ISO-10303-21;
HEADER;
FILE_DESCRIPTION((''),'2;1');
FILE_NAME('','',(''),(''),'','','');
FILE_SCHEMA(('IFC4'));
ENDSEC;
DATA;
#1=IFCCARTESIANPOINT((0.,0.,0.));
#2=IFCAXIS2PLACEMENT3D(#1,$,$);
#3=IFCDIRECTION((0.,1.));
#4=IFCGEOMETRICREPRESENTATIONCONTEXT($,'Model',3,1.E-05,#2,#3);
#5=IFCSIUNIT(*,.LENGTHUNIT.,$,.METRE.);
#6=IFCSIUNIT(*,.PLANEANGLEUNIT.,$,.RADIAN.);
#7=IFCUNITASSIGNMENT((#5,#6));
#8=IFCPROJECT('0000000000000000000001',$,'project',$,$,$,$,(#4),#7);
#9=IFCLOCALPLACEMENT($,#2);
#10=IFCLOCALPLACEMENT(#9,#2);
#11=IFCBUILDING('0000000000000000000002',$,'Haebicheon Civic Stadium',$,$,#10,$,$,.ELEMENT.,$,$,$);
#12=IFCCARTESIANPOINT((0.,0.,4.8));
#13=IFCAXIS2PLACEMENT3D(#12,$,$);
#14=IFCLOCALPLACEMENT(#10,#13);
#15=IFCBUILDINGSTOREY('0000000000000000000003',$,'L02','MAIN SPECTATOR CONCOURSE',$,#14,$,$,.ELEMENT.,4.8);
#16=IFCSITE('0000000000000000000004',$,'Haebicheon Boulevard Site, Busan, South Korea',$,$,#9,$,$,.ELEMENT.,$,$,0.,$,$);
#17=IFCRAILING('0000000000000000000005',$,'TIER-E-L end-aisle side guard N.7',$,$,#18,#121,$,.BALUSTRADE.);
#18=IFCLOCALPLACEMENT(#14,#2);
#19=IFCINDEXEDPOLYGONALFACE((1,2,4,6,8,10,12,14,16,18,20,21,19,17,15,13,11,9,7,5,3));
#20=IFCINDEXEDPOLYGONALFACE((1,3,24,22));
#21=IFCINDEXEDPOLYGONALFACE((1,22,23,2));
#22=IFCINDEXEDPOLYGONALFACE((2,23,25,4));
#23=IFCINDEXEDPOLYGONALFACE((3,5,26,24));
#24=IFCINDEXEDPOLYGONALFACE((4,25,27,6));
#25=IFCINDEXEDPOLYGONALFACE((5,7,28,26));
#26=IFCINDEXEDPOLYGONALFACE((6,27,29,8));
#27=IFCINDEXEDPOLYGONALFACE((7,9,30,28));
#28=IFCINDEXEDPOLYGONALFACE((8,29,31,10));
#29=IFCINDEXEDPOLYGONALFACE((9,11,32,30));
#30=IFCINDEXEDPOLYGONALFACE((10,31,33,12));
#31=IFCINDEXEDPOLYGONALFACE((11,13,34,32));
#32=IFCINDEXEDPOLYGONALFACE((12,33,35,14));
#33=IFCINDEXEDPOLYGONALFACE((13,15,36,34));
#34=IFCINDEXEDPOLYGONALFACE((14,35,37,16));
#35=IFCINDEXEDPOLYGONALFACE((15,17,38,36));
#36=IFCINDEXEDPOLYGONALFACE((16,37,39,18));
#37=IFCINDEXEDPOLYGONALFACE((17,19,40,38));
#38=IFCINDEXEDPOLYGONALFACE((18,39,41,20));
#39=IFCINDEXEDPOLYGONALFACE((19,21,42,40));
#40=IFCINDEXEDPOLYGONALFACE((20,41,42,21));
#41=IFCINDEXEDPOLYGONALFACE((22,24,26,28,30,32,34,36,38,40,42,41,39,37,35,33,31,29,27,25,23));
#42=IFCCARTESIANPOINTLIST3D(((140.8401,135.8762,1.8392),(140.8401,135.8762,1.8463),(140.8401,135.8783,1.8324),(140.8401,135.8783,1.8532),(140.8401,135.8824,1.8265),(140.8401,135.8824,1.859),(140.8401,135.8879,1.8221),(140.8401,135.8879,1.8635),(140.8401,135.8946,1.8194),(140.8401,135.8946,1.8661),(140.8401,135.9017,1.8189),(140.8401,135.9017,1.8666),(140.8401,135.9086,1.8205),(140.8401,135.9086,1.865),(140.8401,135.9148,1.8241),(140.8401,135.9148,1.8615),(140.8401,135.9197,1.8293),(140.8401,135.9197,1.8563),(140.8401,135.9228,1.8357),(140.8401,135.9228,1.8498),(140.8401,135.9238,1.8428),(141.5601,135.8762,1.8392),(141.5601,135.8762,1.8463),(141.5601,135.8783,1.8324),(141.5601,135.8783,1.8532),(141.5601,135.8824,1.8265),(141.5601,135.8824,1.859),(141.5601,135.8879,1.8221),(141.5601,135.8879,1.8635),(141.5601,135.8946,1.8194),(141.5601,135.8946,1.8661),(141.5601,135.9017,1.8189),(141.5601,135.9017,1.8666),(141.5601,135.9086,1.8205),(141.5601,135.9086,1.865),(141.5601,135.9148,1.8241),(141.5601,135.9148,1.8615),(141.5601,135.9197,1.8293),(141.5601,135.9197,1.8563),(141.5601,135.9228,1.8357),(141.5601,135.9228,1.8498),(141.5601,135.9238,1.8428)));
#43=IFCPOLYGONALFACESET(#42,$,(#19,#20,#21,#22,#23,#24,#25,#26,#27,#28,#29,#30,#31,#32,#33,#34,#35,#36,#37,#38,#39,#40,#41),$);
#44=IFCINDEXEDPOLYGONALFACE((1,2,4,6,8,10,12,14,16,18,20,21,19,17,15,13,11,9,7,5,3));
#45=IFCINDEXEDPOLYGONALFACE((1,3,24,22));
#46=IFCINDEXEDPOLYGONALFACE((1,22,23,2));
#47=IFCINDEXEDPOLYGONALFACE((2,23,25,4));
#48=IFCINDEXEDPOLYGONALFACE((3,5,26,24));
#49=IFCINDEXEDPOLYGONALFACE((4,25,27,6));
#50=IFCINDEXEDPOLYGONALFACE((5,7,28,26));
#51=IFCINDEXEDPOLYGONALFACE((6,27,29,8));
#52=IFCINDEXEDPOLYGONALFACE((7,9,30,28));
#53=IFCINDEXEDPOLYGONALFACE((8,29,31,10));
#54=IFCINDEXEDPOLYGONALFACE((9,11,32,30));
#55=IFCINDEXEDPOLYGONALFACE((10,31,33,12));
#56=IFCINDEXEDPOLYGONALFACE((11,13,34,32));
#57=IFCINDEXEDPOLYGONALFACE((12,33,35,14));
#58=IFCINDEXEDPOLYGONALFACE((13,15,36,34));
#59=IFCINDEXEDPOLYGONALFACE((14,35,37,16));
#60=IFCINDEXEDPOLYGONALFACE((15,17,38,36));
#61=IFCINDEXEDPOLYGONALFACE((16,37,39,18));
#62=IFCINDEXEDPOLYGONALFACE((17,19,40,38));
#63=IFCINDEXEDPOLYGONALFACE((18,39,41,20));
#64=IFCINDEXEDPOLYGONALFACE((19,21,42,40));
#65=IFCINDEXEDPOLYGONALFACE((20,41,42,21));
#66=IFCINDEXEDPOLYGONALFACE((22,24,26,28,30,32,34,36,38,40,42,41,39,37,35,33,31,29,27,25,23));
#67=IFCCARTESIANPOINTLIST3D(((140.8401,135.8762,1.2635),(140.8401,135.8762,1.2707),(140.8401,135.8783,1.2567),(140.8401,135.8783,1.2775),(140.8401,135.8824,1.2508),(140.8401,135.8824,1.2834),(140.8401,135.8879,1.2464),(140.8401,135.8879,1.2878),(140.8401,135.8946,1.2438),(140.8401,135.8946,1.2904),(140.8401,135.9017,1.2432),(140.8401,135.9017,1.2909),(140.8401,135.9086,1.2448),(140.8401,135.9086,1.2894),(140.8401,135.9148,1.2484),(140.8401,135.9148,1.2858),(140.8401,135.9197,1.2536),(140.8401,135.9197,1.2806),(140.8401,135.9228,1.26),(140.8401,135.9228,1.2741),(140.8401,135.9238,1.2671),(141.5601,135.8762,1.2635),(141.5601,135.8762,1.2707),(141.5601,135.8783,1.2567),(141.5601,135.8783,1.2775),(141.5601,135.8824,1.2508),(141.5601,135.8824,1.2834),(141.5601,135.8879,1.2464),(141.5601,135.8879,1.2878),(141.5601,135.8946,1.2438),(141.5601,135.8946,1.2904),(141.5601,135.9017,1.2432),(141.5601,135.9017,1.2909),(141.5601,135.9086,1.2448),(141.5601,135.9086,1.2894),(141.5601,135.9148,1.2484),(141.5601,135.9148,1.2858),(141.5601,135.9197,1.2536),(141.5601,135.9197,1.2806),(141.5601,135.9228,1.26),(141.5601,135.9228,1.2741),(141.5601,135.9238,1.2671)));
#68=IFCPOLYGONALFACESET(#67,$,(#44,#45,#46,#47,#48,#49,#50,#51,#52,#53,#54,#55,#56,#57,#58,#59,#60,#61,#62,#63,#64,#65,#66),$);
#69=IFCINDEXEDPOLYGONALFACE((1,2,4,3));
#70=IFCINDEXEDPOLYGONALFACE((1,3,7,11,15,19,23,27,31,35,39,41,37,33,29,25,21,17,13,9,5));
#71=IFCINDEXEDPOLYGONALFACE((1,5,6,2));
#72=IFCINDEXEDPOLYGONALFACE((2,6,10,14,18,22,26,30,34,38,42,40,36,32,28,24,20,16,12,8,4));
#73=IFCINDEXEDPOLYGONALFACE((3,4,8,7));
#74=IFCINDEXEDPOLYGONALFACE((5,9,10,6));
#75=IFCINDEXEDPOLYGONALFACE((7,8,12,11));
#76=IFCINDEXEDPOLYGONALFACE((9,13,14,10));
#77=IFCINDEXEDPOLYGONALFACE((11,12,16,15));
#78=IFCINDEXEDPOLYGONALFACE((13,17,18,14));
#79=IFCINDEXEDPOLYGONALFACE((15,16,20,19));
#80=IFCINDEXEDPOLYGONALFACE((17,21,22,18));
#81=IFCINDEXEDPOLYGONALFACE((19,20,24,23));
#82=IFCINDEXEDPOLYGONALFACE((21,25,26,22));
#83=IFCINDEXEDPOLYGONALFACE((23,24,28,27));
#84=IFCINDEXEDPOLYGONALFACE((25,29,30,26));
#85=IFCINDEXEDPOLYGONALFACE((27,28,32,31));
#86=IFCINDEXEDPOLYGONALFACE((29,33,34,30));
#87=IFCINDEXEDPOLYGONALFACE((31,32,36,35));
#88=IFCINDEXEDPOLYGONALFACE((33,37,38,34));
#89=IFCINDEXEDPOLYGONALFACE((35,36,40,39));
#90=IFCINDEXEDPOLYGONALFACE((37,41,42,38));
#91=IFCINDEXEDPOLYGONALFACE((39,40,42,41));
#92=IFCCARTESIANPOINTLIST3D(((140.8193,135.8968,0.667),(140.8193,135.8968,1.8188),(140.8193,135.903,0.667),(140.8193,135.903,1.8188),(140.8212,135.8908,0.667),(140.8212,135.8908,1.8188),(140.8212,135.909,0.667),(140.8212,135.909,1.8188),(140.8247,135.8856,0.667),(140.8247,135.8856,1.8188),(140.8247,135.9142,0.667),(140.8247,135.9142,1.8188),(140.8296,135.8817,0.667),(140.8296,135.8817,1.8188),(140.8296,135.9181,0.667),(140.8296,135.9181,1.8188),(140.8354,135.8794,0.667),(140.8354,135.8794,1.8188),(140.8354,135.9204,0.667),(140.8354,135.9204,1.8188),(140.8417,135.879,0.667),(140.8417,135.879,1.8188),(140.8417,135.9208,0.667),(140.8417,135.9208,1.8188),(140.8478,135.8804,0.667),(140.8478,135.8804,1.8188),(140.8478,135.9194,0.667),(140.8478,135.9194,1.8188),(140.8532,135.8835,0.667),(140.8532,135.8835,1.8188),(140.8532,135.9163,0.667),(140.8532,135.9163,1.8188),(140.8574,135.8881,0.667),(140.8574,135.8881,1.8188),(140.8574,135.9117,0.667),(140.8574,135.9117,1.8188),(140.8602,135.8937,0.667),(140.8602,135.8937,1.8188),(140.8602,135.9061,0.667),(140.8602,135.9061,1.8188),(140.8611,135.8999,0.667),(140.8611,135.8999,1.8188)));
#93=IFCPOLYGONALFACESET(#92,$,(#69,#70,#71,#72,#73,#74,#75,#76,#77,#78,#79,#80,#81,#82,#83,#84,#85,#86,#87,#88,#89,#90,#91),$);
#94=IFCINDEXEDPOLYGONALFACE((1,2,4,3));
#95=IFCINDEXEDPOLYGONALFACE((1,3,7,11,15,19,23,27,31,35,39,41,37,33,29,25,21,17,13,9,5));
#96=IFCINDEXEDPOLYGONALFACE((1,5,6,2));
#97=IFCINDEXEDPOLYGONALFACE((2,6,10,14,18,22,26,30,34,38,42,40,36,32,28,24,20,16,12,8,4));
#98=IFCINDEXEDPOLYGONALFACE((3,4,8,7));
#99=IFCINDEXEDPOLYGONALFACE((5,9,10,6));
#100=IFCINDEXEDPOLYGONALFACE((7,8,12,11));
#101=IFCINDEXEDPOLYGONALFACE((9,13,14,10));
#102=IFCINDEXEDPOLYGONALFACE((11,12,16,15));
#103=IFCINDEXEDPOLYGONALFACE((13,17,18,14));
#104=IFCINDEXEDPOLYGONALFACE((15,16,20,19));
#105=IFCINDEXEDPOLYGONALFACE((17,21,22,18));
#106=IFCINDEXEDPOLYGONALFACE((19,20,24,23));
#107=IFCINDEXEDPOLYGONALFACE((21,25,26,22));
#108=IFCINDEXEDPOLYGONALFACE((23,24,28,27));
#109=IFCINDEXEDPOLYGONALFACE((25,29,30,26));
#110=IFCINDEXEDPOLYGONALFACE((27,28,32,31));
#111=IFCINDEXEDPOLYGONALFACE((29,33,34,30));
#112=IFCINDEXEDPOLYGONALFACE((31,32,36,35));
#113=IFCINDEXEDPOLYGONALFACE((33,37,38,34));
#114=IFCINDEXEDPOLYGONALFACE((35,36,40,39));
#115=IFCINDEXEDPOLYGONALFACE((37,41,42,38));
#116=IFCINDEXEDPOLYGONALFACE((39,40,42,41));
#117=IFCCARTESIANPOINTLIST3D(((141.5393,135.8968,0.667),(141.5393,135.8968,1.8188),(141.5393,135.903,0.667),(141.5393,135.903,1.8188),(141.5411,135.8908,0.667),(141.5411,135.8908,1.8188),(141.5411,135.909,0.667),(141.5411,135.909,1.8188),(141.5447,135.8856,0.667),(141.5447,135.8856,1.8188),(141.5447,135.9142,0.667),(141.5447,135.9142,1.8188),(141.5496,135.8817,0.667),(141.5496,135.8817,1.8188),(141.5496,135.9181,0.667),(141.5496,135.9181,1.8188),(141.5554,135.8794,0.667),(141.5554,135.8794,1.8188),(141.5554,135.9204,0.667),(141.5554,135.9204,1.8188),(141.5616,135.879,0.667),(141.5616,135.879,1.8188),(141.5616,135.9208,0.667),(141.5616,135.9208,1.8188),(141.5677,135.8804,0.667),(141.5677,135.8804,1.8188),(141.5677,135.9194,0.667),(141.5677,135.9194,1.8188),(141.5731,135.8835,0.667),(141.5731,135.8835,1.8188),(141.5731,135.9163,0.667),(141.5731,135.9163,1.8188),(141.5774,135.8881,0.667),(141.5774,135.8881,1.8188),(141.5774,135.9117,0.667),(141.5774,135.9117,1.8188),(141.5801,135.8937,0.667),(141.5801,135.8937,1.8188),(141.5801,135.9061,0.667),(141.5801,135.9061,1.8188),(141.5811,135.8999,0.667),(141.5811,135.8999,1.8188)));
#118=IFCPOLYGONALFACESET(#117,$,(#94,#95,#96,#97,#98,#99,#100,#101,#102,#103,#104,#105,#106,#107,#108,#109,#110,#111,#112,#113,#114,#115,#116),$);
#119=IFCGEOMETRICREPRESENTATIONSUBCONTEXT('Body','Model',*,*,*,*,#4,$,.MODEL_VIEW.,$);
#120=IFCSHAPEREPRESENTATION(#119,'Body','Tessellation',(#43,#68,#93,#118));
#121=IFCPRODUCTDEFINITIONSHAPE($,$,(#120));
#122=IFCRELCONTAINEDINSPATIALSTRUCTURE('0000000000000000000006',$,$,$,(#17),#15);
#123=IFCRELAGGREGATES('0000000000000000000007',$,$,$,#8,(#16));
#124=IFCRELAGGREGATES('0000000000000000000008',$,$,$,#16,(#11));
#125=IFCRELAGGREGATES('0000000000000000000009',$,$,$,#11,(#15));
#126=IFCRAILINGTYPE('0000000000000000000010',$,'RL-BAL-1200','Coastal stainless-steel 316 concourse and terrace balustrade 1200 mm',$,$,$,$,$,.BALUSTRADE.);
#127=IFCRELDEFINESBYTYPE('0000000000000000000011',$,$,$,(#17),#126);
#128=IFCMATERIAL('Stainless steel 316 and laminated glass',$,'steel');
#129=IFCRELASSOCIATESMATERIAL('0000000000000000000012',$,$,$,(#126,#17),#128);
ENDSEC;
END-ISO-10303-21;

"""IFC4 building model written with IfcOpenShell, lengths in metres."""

from ifc_helpers import new_model, si_unit, direction, frame, origin, origin_2d, place, context, subcontext, project, spatial, circle, extrude, material, type_object, element, save


model = new_model("IFC4")

# Units and contexts
model_context = context("Model", 3, precision=1e-05, world=origin(), true_north=direction((0.0, 1.0)))
body_context = subcontext(model_context, "Body", "Model", "MODEL_VIEW")
ifc_project = project(units=[si_unit("LENGTHUNIT", "METRE"), si_unit("PLANEANGLEUNIT", "RADIAN")], contexts=[model_context])

# Site, building, storey
site_placement = place(None, origin())
site = spatial("IfcSite", under=ifc_project, at=site_placement, Name="Haebicheon Boulevard Site, Busan, South Korea", CompositionType="ELEMENT", RefElevation=0.0)
building_placement = place(site_placement, origin())
building = spatial("IfcBuilding", under=site, at=building_placement, Name="Haebicheon Civic Stadium", CompositionType="ELEMENT")
storey_placement = place(building_placement, frame((0.0, 0.0, 4.8)))
storey = spatial("IfcBuildingStorey", under=building, at=storey_placement, Name="L02", Description="MAIN SPECTATOR CONCOURSE", CompositionType="ELEMENT", Elevation=4.8)

# Railing
ifc_material_1 = material(Name="Stainless steel 316 and laminated glass", Category="steel")
railing_type = type_object("IfcRailingType", Name="RL-BAL-1200", Description="Coastal stainless-steel 316 concourse and terrace balustrade 1200 mm", PredefinedType="BALUSTRADE", material=ifc_material_1)
railing_1_placement = place(storey_placement, frame((140.8401, 135.8999, 0.667)))
element("IfcRailing", 1, at=railing_1_placement, inside=storey, type_object=railing_type, material=ifc_material_1, Name="TIER-E-L end-aisle side guard N.7", PredefinedType="BALUSTRADE", context=body_context, shape_type="SweptSolid", body=[
    extrude(circle(Radius=0.0239, at=origin_2d()), frame((0.0, 0.0, 1.1758), z_axis=(1.0, 0.0, 0.0), x_axis=(0.0, 1.0, 0.0)), (0.0, 0.0, 1.0), 0.72),
    extrude(circle(Radius=0.0239, at=origin_2d()), frame((0.0, 0.0, 0.6001), z_axis=(1.0, 0.0, 0.0), x_axis=(0.0, 1.0, 0.0)), (0.0, 0.0, 1.0), 0.72),
    extrude(circle(Radius=0.021, at=origin_2d()), origin(), (0.0, 0.0, 1.0), 1.1519),
    extrude(circle(Radius=0.021, at=origin_2d()), frame((0.72, 0.0, 0.0)), (0.0, 0.0, 1.0), 1.1519),
])

save(model, "model.ifc")
